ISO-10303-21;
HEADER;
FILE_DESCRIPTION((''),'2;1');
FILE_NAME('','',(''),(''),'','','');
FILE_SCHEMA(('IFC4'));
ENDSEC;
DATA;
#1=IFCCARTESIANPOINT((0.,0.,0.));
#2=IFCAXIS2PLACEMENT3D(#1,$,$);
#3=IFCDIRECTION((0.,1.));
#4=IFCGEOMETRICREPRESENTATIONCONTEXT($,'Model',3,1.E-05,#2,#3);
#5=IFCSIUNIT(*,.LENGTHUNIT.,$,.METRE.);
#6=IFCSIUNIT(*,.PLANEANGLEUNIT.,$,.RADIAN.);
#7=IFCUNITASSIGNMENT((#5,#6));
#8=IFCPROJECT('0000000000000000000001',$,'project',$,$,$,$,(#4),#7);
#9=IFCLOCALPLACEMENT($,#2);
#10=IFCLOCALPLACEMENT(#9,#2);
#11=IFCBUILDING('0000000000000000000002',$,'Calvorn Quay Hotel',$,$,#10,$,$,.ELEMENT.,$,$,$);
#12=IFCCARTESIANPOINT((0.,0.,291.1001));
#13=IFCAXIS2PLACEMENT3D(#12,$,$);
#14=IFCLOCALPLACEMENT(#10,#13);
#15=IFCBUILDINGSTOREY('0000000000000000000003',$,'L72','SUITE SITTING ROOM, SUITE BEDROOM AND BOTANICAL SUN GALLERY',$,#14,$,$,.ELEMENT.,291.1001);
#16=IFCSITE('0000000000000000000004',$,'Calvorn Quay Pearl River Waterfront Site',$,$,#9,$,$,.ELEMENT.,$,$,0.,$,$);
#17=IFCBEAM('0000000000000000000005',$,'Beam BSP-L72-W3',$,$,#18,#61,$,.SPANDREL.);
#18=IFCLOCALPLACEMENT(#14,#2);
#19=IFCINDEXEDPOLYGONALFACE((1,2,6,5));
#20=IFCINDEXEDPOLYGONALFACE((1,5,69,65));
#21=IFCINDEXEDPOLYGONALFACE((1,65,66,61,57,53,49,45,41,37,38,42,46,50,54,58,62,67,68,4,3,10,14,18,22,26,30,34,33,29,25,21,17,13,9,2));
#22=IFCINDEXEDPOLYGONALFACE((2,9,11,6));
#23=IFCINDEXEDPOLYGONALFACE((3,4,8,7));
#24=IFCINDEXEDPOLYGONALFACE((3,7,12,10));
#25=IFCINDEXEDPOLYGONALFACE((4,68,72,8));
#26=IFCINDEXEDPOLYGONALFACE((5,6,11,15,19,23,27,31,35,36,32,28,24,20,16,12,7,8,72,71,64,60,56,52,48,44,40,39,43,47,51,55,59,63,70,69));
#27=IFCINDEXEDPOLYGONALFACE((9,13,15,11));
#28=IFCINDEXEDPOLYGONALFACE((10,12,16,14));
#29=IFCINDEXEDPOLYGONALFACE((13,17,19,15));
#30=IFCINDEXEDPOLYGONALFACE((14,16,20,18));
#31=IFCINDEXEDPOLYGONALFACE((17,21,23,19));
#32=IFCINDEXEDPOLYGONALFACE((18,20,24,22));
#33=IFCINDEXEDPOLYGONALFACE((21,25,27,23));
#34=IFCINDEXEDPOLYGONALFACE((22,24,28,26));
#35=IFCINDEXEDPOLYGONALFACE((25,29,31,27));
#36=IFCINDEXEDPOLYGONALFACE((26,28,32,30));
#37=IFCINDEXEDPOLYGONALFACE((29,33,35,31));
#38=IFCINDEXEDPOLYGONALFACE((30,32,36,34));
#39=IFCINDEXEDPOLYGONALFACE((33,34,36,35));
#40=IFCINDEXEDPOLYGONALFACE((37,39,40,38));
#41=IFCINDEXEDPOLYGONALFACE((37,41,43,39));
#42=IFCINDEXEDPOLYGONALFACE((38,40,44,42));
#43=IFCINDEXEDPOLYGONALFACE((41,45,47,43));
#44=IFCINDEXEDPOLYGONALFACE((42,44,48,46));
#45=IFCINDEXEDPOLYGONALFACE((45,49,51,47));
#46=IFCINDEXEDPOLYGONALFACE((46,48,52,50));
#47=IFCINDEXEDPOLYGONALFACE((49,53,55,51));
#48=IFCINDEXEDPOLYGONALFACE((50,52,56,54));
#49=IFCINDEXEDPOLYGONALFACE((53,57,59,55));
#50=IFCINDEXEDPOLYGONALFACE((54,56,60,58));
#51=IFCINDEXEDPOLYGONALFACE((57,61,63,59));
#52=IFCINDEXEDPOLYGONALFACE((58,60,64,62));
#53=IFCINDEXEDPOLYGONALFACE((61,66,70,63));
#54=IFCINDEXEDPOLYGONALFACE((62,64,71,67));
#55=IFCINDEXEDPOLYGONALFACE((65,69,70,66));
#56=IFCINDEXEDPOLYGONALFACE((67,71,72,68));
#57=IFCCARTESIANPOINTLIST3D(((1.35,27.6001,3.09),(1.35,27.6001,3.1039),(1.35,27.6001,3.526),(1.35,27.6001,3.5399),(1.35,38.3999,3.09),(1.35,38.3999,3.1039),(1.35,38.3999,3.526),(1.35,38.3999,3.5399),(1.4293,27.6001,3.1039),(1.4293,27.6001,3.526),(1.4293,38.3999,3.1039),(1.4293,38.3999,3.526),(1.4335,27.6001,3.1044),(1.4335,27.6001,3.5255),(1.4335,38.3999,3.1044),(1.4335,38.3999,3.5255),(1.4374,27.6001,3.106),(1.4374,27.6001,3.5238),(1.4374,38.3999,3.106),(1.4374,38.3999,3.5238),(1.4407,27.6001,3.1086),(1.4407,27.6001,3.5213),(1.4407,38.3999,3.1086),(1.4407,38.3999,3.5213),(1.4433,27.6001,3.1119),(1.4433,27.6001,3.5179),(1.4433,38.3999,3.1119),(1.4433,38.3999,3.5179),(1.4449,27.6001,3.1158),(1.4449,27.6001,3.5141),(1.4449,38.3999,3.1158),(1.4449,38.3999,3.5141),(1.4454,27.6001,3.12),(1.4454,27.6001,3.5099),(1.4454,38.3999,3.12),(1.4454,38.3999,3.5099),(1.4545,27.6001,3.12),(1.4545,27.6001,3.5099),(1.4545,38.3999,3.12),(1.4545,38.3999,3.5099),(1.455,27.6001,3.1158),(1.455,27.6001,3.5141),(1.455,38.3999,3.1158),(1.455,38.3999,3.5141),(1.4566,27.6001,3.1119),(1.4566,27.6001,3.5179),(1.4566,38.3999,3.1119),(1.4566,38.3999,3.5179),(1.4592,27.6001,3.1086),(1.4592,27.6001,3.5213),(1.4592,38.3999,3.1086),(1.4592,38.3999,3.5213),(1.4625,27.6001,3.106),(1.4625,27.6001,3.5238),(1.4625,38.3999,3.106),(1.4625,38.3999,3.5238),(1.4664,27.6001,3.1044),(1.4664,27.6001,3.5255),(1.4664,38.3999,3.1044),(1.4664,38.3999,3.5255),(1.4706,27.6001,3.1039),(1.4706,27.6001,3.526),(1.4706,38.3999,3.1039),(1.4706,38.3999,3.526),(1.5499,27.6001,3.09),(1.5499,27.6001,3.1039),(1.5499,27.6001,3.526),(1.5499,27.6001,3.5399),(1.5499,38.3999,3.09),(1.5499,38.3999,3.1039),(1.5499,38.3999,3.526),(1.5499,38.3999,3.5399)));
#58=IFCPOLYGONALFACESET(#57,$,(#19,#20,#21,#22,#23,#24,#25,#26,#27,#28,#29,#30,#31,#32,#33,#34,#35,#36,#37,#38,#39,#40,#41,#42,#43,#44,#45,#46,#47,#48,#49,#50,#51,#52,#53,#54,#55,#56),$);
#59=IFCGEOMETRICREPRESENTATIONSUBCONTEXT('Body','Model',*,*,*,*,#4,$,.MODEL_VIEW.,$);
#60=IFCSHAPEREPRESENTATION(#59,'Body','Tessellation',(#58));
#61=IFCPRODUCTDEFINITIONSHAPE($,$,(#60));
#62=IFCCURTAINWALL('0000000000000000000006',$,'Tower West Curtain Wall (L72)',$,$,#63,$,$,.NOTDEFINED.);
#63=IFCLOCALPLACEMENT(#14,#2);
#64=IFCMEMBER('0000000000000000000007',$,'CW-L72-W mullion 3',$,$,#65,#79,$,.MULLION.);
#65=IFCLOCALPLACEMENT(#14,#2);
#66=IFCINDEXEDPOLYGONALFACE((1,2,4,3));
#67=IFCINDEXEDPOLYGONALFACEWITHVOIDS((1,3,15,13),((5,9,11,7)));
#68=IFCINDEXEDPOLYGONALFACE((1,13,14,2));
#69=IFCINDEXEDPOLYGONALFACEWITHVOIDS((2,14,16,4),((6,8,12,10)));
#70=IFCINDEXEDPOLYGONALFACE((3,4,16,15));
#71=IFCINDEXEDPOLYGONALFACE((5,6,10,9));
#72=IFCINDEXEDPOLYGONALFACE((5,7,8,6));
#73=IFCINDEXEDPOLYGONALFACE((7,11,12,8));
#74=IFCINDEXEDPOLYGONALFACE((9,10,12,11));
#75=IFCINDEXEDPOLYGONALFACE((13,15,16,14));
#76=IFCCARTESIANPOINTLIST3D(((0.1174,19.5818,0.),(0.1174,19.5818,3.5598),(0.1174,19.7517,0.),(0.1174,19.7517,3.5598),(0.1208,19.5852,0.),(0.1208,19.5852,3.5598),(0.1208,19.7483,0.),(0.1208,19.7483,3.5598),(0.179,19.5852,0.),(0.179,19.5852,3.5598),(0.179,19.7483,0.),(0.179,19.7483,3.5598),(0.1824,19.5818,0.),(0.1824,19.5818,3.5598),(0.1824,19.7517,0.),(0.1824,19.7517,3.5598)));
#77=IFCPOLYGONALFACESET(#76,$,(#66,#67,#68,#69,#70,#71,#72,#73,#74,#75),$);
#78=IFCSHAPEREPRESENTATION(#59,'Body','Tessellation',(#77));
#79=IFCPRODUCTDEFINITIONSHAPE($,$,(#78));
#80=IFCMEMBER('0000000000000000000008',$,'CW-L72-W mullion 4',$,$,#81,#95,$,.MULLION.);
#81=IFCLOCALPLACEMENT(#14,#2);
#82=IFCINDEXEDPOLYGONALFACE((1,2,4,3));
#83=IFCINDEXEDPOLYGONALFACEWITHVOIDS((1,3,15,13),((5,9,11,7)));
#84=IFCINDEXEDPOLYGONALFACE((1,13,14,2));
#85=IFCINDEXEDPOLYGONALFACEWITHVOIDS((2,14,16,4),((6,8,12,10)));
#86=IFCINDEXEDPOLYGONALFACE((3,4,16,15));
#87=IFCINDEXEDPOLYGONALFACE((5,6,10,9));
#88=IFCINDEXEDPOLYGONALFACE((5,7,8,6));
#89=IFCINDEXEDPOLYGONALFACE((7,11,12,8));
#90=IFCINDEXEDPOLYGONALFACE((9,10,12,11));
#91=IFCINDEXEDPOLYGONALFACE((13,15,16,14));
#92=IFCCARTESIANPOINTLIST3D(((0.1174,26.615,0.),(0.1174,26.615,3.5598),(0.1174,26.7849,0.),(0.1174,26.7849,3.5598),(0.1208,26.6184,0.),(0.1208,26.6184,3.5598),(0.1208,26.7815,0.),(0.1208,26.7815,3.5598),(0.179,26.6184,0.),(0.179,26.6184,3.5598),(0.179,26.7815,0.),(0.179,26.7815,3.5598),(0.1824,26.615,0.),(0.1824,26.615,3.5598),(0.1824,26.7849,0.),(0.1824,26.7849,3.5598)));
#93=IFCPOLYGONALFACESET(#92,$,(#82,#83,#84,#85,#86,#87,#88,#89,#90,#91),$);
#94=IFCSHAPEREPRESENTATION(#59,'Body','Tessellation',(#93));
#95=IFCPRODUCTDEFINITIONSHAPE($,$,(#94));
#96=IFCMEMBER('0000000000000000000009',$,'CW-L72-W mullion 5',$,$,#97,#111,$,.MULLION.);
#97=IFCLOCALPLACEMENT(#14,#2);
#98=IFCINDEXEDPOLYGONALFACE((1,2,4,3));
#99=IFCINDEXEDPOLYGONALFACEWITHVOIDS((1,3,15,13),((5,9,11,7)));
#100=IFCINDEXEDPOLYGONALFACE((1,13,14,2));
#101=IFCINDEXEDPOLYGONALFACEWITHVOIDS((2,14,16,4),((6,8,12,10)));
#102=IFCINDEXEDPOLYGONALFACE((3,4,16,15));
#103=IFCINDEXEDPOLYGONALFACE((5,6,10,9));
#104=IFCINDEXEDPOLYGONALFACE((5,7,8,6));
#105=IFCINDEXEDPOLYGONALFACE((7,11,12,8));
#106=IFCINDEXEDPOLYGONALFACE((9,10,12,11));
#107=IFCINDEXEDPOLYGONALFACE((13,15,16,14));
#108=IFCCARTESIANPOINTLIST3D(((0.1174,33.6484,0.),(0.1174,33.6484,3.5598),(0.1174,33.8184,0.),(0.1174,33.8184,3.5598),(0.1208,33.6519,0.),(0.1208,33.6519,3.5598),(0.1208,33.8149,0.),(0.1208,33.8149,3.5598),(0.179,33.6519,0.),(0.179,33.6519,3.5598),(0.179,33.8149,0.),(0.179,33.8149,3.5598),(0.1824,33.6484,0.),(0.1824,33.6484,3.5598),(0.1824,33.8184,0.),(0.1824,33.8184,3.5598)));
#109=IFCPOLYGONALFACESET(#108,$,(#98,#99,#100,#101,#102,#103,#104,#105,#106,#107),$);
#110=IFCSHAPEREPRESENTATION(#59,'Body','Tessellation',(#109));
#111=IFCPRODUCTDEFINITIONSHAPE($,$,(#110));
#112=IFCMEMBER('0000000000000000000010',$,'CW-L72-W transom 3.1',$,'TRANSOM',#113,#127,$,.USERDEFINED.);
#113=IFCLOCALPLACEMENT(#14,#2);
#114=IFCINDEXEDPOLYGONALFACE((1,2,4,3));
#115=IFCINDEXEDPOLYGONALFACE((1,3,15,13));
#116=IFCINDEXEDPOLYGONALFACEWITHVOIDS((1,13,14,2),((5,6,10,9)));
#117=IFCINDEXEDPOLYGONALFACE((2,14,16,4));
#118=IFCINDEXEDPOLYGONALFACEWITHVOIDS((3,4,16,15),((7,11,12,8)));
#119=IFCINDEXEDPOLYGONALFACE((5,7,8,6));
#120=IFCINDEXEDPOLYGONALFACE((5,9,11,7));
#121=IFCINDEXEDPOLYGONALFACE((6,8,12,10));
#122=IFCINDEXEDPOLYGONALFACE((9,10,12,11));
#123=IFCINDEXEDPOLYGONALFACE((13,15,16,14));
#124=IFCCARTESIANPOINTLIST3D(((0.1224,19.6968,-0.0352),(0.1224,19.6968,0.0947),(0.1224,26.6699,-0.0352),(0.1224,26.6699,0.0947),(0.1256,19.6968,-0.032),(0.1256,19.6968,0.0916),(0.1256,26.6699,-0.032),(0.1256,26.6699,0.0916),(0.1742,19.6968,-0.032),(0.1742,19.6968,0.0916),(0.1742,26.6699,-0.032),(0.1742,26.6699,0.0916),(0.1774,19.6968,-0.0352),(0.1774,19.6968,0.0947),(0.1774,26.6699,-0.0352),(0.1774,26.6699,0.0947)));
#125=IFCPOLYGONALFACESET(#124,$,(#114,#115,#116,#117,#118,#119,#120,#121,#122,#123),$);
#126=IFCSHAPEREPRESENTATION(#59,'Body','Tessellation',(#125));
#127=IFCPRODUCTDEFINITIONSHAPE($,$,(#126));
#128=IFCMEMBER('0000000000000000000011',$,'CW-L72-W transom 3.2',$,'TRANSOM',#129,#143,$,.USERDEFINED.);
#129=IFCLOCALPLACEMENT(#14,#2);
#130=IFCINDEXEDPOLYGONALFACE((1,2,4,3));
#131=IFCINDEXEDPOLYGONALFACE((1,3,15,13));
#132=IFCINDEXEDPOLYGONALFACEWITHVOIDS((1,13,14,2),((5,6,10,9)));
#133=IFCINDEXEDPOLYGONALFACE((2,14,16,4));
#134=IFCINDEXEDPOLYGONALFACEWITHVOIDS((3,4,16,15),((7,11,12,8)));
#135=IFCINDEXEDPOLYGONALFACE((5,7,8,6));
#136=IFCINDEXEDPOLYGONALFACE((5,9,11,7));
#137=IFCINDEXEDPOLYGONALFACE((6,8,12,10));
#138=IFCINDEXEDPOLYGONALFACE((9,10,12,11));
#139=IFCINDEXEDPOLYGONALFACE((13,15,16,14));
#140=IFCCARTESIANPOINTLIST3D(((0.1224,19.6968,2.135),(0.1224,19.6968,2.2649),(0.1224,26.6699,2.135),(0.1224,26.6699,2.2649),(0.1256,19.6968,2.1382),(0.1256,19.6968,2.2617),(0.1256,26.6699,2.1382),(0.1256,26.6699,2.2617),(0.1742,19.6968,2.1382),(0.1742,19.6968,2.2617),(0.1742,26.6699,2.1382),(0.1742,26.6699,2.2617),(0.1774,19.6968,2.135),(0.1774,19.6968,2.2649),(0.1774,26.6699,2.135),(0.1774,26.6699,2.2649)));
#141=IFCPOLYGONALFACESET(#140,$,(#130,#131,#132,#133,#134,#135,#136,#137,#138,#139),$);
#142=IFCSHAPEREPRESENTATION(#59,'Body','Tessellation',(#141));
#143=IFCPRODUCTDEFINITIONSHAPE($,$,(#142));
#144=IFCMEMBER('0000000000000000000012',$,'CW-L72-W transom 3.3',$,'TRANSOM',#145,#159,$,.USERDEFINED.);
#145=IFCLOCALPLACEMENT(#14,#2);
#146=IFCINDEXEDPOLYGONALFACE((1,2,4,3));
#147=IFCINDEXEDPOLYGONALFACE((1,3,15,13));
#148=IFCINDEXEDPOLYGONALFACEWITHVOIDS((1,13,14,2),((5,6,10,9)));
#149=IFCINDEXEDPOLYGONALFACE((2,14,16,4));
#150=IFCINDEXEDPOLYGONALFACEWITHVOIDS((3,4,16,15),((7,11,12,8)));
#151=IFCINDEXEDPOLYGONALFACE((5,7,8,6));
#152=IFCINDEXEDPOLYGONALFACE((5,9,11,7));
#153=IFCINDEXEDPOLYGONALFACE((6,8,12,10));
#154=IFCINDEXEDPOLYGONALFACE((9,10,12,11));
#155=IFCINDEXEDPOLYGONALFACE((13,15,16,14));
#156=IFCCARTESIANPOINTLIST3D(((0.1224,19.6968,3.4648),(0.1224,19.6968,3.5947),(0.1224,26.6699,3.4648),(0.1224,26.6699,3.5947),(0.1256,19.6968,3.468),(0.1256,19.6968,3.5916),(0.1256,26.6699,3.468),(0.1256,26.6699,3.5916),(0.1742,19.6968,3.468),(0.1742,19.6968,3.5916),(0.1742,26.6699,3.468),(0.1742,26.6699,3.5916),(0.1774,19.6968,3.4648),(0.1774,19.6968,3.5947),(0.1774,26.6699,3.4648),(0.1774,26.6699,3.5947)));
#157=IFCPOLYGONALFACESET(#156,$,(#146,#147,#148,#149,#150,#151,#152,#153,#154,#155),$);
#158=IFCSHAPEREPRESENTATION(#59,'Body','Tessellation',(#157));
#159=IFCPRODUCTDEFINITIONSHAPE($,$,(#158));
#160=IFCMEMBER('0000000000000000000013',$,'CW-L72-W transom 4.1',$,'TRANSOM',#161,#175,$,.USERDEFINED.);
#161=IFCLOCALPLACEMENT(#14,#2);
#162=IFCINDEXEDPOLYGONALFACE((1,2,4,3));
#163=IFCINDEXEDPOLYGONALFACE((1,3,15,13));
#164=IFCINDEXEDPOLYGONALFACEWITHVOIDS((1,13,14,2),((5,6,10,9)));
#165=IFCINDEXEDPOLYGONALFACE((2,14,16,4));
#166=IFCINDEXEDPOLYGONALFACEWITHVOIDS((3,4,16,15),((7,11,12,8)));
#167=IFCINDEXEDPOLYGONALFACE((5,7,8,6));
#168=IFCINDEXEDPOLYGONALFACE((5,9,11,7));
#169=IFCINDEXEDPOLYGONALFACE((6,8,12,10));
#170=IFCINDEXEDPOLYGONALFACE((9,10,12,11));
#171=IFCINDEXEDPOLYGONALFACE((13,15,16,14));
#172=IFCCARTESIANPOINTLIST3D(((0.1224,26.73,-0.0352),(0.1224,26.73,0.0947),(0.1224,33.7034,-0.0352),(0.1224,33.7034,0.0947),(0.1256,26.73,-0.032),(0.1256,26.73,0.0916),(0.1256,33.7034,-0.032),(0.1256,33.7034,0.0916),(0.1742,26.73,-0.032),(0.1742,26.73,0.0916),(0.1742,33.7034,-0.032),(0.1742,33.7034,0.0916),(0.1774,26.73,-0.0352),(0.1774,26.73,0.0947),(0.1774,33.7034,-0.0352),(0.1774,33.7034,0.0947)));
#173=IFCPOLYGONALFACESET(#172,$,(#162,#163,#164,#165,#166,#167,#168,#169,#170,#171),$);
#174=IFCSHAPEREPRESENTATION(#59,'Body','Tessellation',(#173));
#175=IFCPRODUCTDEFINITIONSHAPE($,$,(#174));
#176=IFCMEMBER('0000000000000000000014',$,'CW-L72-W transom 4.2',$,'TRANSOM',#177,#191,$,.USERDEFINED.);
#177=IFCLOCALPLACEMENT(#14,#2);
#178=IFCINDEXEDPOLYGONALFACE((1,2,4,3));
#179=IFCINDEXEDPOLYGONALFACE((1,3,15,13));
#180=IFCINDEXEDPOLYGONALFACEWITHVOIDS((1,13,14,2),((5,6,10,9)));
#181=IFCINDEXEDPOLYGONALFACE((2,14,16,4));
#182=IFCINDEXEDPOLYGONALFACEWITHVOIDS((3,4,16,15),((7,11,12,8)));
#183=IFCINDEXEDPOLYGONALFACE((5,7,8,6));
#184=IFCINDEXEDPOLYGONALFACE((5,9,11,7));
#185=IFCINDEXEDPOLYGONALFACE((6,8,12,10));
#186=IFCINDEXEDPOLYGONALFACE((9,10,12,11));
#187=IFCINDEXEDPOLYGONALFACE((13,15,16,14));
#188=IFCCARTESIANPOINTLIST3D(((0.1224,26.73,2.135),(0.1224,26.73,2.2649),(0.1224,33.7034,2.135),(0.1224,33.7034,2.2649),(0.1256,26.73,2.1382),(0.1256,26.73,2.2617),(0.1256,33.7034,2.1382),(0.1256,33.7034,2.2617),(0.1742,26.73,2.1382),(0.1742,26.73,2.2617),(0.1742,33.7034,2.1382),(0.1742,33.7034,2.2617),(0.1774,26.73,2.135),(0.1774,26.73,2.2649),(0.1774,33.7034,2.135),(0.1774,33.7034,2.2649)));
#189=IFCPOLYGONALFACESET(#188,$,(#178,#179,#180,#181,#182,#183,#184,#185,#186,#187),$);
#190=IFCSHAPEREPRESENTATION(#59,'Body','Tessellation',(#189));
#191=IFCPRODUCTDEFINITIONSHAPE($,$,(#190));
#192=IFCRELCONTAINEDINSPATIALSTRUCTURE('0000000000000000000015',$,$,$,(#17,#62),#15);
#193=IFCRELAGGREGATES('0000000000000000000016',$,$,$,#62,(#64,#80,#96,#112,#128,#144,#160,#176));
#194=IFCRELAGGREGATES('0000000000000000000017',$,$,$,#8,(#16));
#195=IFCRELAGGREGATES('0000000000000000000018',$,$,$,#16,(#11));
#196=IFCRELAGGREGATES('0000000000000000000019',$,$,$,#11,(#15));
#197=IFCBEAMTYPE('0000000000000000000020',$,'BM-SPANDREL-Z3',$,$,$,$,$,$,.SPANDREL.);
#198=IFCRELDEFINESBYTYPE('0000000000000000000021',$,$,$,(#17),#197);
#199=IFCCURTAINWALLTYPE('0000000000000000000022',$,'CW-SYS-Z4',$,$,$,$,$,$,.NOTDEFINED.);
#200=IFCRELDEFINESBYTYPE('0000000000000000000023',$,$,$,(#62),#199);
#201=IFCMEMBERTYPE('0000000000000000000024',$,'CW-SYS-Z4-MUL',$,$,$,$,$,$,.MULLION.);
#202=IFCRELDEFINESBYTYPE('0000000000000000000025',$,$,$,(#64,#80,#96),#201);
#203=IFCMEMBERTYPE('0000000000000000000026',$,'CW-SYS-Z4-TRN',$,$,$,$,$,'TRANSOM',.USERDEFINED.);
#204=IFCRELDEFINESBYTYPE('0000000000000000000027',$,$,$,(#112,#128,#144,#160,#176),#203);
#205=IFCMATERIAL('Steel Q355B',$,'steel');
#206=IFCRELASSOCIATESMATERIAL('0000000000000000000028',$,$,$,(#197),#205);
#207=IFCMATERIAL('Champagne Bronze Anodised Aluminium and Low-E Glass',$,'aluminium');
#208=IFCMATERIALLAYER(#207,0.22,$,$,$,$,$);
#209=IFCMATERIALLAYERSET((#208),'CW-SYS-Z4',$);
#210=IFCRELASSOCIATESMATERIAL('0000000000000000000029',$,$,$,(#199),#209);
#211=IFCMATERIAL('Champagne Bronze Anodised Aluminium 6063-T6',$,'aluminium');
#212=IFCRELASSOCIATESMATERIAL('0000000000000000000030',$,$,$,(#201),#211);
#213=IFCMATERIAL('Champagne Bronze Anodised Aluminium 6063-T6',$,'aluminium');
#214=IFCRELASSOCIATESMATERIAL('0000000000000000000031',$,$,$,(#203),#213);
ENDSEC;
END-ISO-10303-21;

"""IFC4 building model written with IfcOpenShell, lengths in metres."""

from ifc_helpers import new_model, si_unit, direction, frame, origin, origin_2d, place, context, subcontext, project, spatial, hollow_rectangle, i_section, extrude, material, layer, layer_set, material_profile, profile_set, type_object, element, aggregate, save


model = new_model("IFC4")

# Units and contexts
model_context = context("Model", 3, precision=1e-05, world=origin(), true_north=direction((0.0, 1.0)))
body_context = subcontext(model_context, "Body", "Model", "MODEL_VIEW")
ifc_project = project(units=[si_unit("LENGTHUNIT", "METRE"), si_unit("PLANEANGLEUNIT", "RADIAN")], contexts=[model_context])

# Site, building, storey
site_placement = place(None, origin())
site = spatial("IfcSite", under=ifc_project, at=site_placement, Name="Calvorn Quay Pearl River Waterfront Site", CompositionType="ELEMENT", RefElevation=0.0)
building_placement = place(site_placement, origin())
building = spatial("IfcBuilding", under=site, at=building_placement, Name="Calvorn Quay Hotel", CompositionType="ELEMENT")
storey_placement = place(building_placement, frame((0.0, 0.0, 291.1001)))
storey = spatial("IfcBuildingStorey", under=building, at=storey_placement, Name="L72", Description="SUITE SITTING ROOM, SUITE BEDROOM AND BOTANICAL SUN GALLERY", CompositionType="ELEMENT", Elevation=291.1001)

# Beam
ifc_material_1 = material(Name="Steel Q355B", Category="steel")
ifc_material_profile_1 = material_profile(ifc_material_1, i_section(OverallWidth=0.2, OverallDepth=0.45, WebThickness=0.009, FlangeThickness=0.0139, FilletRadius=0.0161, at=origin_2d()), Name="HN450x200x9x14")
ifc_profile_set_1 = profile_set([ifc_material_profile_1], Name="Steel Q355B")
beam_type_1 = type_object("IfcBeamType", Name="BM-SPANDREL-Z3", PredefinedType="SPANDREL", material=ifc_profile_set_1)
beam_1_placement = place(storey_placement, frame((1.45, 27.6001, 3.3149), z_axis=(0.0, 1.0, 0.0), x_axis=(-1.0, 0.0, 0.0)))
element("IfcBeam", 1, at=beam_1_placement, inside=storey, type_object=beam_type_1, Name="Beam BSP-L72-W3", PredefinedType="SPANDREL", context=body_context, shape_type="SweptSolid", body=[
    extrude(i_section(OverallWidth=0.2, OverallDepth=0.45, WebThickness=0.009, FlangeThickness=0.0139, FilletRadius=0.0161, at=origin_2d()), origin(), (0.0, 0.0, 1.0), 10.7998),
])

# Curtain wall, members
ifc_material_2 = material(Name="Champagne Bronze Anodised Aluminium and Low-E Glass", Category="aluminium")
ifc_layer_1 = layer(ifc_material_2, 0.22)
ifc_layer_set_1 = layer_set([ifc_layer_1], Name="CW-SYS-Z4")
curtain_wall_type = type_object("IfcCurtainWallType", Name="CW-SYS-Z4", PredefinedType="NOTDEFINED", material=ifc_layer_set_1)
curtain_wall_placement = place(storey_placement, origin())
curtain_wall = element("IfcCurtainWall", 2, at=curtain_wall_placement, inside=storey, type_object=curtain_wall_type, Name="Tower West Curtain Wall (L72)", PredefinedType="NOTDEFINED")
ifc_material_3 = material(Name="Champagne Bronze Anodised Aluminium 6063-T6", Category="aluminium")
ifc_material_profile_2 = material_profile(ifc_material_3, hollow_rectangle(XDim=0.0649, YDim=0.1699, WallThickness=0.0034, at=origin_2d()), Name="ALU-M170x65x3.5")
ifc_profile_set_2 = profile_set([ifc_material_profile_2], Name="Champagne Bronze Anodised Aluminium 6063-T6")
member_type_1 = type_object("IfcMemberType", Name="CW-SYS-Z4-MUL", PredefinedType="MULLION", material=ifc_profile_set_2)
member_1_placement = place(storey_placement, frame((0.1499, 19.6667, 0.0), z_axis=(0.0, 0.0, 1.0), x_axis=(-1.0, 0.0, 0.0)))
member_1 = element("IfcMember", 3, at=member_1_placement, type_object=member_type_1, Name="CW-L72-W mullion 3", PredefinedType="MULLION", context=body_context, shape_type="SweptSolid", body=[
    extrude(hollow_rectangle(XDim=0.0649, YDim=0.1699, WallThickness=0.0034, at=origin_2d()), origin(), (0.0, 0.0, 1.0), 3.5598),
])
member_2_placement = place(storey_placement, frame((0.1499, 26.7, 0.0), z_axis=(0.0, 0.0, 1.0), x_axis=(-1.0, 0.0, 0.0)))
member_2 = element("IfcMember", 4, at=member_2_placement, type_object=member_type_1, Name="CW-L72-W mullion 4", PredefinedType="MULLION", context=body_context, shape_type="SweptSolid", body=[
    extrude(hollow_rectangle(XDim=0.0649, YDim=0.1699, WallThickness=0.0034, at=origin_2d()), origin(), (0.0, 0.0, 1.0), 3.5598),
])
member_3_placement = place(storey_placement, frame((0.1499, 33.7334, 0.0), z_axis=(0.0, 0.0, 1.0), x_axis=(-1.0, 0.0, 0.0)))
member_3 = element("IfcMember", 5, at=member_3_placement, type_object=member_type_1, Name="CW-L72-W mullion 5", PredefinedType="MULLION", context=body_context, shape_type="SweptSolid", body=[
    extrude(hollow_rectangle(XDim=0.0649, YDim=0.1699, WallThickness=0.0034, at=origin_2d()), origin(), (0.0, 0.0, 1.0), 3.5598),
])
ifc_material_4 = material(Name="Champagne Bronze Anodised Aluminium 6063-T6", Category="aluminium")
ifc_material_profile_3 = material_profile(ifc_material_4, hollow_rectangle(XDim=0.0549, YDim=0.1299, WallThickness=0.0032, at=origin_2d()), Name="ALU-T130x55x3.2")
ifc_profile_set_3 = profile_set([ifc_material_profile_3], Name="Champagne Bronze Anodised Aluminium 6063-T6")
member_type_2 = type_object("IfcMemberType", Name="CW-SYS-Z4-TRN", ElementType="TRANSOM", PredefinedType="USERDEFINED", material=ifc_profile_set_3)
member_4_placement = place(storey_placement, frame((0.1499, 19.6968, 0.0298), z_axis=(0.0, 1.0, 0.0), x_axis=(-1.0, 0.0, 0.0)))
member_4 = element("IfcMember", 6, at=member_4_placement, type_object=member_type_2, Name="CW-L72-W transom 3.1", ObjectType="TRANSOM", PredefinedType="USERDEFINED", context=body_context, shape_type="SweptSolid", body=[
    extrude(hollow_rectangle(XDim=0.0549, YDim=0.1299, WallThickness=0.0032, at=origin_2d()), origin(), (0.0, 0.0, 1.0), 6.9731),
])
member_5_placement = place(storey_placement, frame((0.1499, 19.6968, 2.2), z_axis=(0.0, 1.0, 0.0), x_axis=(-1.0, 0.0, 0.0)))
member_5 = element("IfcMember", 7, at=member_5_placement, type_object=member_type_2, Name="CW-L72-W transom 3.2", ObjectType="TRANSOM", PredefinedType="USERDEFINED", context=body_context, shape_type="SweptSolid", body=[
    extrude(hollow_rectangle(XDim=0.0549, YDim=0.1299, WallThickness=0.0032, at=origin_2d()), origin(), (0.0, 0.0, 1.0), 6.9731),
])
member_6_placement = place(storey_placement, frame((0.1499, 19.6968, 3.5298), z_axis=(0.0, 1.0, 0.0), x_axis=(-1.0, 0.0, 0.0)))
member_6 = element("IfcMember", 8, at=member_6_placement, type_object=member_type_2, Name="CW-L72-W transom 3.3", ObjectType="TRANSOM", PredefinedType="USERDEFINED", context=body_context, shape_type="SweptSolid", body=[
    extrude(hollow_rectangle(XDim=0.0549, YDim=0.1299, WallThickness=0.0032, at=origin_2d()), origin(), (0.0, 0.0, 1.0), 6.9731),
])
member_7_placement = place(storey_placement, frame((0.1499, 26.73, 0.0298), z_axis=(0.0, 1.0, 0.0), x_axis=(-1.0, 0.0, 0.0)))
member_7 = element("IfcMember", 9, at=member_7_placement, type_object=member_type_2, Name="CW-L72-W transom 4.1", ObjectType="TRANSOM", PredefinedType="USERDEFINED", context=body_context, shape_type="SweptSolid", body=[
    extrude(hollow_rectangle(XDim=0.0549, YDim=0.1299, WallThickness=0.0032, at=origin_2d()), origin(), (0.0, 0.0, 1.0), 6.9734),
])
member_8_placement = place(storey_placement, frame((0.1499, 26.73, 2.2), z_axis=(0.0, 1.0, 0.0), x_axis=(-1.0, 0.0, 0.0)))
member_8 = element("IfcMember", 10, at=member_8_placement, type_object=member_type_2, Name="CW-L72-W transom 4.2", ObjectType="TRANSOM", PredefinedType="USERDEFINED", context=body_context, shape_type="SweptSolid", body=[
    extrude(hollow_rectangle(XDim=0.0549, YDim=0.1299, WallThickness=0.0032, at=origin_2d()), origin(), (0.0, 0.0, 1.0), 6.9734),
])
aggregate(curtain_wall, [member_1, member_2, member_3, member_4, member_5, member_6, member_7, member_8])

save(model, "model.ifc")
